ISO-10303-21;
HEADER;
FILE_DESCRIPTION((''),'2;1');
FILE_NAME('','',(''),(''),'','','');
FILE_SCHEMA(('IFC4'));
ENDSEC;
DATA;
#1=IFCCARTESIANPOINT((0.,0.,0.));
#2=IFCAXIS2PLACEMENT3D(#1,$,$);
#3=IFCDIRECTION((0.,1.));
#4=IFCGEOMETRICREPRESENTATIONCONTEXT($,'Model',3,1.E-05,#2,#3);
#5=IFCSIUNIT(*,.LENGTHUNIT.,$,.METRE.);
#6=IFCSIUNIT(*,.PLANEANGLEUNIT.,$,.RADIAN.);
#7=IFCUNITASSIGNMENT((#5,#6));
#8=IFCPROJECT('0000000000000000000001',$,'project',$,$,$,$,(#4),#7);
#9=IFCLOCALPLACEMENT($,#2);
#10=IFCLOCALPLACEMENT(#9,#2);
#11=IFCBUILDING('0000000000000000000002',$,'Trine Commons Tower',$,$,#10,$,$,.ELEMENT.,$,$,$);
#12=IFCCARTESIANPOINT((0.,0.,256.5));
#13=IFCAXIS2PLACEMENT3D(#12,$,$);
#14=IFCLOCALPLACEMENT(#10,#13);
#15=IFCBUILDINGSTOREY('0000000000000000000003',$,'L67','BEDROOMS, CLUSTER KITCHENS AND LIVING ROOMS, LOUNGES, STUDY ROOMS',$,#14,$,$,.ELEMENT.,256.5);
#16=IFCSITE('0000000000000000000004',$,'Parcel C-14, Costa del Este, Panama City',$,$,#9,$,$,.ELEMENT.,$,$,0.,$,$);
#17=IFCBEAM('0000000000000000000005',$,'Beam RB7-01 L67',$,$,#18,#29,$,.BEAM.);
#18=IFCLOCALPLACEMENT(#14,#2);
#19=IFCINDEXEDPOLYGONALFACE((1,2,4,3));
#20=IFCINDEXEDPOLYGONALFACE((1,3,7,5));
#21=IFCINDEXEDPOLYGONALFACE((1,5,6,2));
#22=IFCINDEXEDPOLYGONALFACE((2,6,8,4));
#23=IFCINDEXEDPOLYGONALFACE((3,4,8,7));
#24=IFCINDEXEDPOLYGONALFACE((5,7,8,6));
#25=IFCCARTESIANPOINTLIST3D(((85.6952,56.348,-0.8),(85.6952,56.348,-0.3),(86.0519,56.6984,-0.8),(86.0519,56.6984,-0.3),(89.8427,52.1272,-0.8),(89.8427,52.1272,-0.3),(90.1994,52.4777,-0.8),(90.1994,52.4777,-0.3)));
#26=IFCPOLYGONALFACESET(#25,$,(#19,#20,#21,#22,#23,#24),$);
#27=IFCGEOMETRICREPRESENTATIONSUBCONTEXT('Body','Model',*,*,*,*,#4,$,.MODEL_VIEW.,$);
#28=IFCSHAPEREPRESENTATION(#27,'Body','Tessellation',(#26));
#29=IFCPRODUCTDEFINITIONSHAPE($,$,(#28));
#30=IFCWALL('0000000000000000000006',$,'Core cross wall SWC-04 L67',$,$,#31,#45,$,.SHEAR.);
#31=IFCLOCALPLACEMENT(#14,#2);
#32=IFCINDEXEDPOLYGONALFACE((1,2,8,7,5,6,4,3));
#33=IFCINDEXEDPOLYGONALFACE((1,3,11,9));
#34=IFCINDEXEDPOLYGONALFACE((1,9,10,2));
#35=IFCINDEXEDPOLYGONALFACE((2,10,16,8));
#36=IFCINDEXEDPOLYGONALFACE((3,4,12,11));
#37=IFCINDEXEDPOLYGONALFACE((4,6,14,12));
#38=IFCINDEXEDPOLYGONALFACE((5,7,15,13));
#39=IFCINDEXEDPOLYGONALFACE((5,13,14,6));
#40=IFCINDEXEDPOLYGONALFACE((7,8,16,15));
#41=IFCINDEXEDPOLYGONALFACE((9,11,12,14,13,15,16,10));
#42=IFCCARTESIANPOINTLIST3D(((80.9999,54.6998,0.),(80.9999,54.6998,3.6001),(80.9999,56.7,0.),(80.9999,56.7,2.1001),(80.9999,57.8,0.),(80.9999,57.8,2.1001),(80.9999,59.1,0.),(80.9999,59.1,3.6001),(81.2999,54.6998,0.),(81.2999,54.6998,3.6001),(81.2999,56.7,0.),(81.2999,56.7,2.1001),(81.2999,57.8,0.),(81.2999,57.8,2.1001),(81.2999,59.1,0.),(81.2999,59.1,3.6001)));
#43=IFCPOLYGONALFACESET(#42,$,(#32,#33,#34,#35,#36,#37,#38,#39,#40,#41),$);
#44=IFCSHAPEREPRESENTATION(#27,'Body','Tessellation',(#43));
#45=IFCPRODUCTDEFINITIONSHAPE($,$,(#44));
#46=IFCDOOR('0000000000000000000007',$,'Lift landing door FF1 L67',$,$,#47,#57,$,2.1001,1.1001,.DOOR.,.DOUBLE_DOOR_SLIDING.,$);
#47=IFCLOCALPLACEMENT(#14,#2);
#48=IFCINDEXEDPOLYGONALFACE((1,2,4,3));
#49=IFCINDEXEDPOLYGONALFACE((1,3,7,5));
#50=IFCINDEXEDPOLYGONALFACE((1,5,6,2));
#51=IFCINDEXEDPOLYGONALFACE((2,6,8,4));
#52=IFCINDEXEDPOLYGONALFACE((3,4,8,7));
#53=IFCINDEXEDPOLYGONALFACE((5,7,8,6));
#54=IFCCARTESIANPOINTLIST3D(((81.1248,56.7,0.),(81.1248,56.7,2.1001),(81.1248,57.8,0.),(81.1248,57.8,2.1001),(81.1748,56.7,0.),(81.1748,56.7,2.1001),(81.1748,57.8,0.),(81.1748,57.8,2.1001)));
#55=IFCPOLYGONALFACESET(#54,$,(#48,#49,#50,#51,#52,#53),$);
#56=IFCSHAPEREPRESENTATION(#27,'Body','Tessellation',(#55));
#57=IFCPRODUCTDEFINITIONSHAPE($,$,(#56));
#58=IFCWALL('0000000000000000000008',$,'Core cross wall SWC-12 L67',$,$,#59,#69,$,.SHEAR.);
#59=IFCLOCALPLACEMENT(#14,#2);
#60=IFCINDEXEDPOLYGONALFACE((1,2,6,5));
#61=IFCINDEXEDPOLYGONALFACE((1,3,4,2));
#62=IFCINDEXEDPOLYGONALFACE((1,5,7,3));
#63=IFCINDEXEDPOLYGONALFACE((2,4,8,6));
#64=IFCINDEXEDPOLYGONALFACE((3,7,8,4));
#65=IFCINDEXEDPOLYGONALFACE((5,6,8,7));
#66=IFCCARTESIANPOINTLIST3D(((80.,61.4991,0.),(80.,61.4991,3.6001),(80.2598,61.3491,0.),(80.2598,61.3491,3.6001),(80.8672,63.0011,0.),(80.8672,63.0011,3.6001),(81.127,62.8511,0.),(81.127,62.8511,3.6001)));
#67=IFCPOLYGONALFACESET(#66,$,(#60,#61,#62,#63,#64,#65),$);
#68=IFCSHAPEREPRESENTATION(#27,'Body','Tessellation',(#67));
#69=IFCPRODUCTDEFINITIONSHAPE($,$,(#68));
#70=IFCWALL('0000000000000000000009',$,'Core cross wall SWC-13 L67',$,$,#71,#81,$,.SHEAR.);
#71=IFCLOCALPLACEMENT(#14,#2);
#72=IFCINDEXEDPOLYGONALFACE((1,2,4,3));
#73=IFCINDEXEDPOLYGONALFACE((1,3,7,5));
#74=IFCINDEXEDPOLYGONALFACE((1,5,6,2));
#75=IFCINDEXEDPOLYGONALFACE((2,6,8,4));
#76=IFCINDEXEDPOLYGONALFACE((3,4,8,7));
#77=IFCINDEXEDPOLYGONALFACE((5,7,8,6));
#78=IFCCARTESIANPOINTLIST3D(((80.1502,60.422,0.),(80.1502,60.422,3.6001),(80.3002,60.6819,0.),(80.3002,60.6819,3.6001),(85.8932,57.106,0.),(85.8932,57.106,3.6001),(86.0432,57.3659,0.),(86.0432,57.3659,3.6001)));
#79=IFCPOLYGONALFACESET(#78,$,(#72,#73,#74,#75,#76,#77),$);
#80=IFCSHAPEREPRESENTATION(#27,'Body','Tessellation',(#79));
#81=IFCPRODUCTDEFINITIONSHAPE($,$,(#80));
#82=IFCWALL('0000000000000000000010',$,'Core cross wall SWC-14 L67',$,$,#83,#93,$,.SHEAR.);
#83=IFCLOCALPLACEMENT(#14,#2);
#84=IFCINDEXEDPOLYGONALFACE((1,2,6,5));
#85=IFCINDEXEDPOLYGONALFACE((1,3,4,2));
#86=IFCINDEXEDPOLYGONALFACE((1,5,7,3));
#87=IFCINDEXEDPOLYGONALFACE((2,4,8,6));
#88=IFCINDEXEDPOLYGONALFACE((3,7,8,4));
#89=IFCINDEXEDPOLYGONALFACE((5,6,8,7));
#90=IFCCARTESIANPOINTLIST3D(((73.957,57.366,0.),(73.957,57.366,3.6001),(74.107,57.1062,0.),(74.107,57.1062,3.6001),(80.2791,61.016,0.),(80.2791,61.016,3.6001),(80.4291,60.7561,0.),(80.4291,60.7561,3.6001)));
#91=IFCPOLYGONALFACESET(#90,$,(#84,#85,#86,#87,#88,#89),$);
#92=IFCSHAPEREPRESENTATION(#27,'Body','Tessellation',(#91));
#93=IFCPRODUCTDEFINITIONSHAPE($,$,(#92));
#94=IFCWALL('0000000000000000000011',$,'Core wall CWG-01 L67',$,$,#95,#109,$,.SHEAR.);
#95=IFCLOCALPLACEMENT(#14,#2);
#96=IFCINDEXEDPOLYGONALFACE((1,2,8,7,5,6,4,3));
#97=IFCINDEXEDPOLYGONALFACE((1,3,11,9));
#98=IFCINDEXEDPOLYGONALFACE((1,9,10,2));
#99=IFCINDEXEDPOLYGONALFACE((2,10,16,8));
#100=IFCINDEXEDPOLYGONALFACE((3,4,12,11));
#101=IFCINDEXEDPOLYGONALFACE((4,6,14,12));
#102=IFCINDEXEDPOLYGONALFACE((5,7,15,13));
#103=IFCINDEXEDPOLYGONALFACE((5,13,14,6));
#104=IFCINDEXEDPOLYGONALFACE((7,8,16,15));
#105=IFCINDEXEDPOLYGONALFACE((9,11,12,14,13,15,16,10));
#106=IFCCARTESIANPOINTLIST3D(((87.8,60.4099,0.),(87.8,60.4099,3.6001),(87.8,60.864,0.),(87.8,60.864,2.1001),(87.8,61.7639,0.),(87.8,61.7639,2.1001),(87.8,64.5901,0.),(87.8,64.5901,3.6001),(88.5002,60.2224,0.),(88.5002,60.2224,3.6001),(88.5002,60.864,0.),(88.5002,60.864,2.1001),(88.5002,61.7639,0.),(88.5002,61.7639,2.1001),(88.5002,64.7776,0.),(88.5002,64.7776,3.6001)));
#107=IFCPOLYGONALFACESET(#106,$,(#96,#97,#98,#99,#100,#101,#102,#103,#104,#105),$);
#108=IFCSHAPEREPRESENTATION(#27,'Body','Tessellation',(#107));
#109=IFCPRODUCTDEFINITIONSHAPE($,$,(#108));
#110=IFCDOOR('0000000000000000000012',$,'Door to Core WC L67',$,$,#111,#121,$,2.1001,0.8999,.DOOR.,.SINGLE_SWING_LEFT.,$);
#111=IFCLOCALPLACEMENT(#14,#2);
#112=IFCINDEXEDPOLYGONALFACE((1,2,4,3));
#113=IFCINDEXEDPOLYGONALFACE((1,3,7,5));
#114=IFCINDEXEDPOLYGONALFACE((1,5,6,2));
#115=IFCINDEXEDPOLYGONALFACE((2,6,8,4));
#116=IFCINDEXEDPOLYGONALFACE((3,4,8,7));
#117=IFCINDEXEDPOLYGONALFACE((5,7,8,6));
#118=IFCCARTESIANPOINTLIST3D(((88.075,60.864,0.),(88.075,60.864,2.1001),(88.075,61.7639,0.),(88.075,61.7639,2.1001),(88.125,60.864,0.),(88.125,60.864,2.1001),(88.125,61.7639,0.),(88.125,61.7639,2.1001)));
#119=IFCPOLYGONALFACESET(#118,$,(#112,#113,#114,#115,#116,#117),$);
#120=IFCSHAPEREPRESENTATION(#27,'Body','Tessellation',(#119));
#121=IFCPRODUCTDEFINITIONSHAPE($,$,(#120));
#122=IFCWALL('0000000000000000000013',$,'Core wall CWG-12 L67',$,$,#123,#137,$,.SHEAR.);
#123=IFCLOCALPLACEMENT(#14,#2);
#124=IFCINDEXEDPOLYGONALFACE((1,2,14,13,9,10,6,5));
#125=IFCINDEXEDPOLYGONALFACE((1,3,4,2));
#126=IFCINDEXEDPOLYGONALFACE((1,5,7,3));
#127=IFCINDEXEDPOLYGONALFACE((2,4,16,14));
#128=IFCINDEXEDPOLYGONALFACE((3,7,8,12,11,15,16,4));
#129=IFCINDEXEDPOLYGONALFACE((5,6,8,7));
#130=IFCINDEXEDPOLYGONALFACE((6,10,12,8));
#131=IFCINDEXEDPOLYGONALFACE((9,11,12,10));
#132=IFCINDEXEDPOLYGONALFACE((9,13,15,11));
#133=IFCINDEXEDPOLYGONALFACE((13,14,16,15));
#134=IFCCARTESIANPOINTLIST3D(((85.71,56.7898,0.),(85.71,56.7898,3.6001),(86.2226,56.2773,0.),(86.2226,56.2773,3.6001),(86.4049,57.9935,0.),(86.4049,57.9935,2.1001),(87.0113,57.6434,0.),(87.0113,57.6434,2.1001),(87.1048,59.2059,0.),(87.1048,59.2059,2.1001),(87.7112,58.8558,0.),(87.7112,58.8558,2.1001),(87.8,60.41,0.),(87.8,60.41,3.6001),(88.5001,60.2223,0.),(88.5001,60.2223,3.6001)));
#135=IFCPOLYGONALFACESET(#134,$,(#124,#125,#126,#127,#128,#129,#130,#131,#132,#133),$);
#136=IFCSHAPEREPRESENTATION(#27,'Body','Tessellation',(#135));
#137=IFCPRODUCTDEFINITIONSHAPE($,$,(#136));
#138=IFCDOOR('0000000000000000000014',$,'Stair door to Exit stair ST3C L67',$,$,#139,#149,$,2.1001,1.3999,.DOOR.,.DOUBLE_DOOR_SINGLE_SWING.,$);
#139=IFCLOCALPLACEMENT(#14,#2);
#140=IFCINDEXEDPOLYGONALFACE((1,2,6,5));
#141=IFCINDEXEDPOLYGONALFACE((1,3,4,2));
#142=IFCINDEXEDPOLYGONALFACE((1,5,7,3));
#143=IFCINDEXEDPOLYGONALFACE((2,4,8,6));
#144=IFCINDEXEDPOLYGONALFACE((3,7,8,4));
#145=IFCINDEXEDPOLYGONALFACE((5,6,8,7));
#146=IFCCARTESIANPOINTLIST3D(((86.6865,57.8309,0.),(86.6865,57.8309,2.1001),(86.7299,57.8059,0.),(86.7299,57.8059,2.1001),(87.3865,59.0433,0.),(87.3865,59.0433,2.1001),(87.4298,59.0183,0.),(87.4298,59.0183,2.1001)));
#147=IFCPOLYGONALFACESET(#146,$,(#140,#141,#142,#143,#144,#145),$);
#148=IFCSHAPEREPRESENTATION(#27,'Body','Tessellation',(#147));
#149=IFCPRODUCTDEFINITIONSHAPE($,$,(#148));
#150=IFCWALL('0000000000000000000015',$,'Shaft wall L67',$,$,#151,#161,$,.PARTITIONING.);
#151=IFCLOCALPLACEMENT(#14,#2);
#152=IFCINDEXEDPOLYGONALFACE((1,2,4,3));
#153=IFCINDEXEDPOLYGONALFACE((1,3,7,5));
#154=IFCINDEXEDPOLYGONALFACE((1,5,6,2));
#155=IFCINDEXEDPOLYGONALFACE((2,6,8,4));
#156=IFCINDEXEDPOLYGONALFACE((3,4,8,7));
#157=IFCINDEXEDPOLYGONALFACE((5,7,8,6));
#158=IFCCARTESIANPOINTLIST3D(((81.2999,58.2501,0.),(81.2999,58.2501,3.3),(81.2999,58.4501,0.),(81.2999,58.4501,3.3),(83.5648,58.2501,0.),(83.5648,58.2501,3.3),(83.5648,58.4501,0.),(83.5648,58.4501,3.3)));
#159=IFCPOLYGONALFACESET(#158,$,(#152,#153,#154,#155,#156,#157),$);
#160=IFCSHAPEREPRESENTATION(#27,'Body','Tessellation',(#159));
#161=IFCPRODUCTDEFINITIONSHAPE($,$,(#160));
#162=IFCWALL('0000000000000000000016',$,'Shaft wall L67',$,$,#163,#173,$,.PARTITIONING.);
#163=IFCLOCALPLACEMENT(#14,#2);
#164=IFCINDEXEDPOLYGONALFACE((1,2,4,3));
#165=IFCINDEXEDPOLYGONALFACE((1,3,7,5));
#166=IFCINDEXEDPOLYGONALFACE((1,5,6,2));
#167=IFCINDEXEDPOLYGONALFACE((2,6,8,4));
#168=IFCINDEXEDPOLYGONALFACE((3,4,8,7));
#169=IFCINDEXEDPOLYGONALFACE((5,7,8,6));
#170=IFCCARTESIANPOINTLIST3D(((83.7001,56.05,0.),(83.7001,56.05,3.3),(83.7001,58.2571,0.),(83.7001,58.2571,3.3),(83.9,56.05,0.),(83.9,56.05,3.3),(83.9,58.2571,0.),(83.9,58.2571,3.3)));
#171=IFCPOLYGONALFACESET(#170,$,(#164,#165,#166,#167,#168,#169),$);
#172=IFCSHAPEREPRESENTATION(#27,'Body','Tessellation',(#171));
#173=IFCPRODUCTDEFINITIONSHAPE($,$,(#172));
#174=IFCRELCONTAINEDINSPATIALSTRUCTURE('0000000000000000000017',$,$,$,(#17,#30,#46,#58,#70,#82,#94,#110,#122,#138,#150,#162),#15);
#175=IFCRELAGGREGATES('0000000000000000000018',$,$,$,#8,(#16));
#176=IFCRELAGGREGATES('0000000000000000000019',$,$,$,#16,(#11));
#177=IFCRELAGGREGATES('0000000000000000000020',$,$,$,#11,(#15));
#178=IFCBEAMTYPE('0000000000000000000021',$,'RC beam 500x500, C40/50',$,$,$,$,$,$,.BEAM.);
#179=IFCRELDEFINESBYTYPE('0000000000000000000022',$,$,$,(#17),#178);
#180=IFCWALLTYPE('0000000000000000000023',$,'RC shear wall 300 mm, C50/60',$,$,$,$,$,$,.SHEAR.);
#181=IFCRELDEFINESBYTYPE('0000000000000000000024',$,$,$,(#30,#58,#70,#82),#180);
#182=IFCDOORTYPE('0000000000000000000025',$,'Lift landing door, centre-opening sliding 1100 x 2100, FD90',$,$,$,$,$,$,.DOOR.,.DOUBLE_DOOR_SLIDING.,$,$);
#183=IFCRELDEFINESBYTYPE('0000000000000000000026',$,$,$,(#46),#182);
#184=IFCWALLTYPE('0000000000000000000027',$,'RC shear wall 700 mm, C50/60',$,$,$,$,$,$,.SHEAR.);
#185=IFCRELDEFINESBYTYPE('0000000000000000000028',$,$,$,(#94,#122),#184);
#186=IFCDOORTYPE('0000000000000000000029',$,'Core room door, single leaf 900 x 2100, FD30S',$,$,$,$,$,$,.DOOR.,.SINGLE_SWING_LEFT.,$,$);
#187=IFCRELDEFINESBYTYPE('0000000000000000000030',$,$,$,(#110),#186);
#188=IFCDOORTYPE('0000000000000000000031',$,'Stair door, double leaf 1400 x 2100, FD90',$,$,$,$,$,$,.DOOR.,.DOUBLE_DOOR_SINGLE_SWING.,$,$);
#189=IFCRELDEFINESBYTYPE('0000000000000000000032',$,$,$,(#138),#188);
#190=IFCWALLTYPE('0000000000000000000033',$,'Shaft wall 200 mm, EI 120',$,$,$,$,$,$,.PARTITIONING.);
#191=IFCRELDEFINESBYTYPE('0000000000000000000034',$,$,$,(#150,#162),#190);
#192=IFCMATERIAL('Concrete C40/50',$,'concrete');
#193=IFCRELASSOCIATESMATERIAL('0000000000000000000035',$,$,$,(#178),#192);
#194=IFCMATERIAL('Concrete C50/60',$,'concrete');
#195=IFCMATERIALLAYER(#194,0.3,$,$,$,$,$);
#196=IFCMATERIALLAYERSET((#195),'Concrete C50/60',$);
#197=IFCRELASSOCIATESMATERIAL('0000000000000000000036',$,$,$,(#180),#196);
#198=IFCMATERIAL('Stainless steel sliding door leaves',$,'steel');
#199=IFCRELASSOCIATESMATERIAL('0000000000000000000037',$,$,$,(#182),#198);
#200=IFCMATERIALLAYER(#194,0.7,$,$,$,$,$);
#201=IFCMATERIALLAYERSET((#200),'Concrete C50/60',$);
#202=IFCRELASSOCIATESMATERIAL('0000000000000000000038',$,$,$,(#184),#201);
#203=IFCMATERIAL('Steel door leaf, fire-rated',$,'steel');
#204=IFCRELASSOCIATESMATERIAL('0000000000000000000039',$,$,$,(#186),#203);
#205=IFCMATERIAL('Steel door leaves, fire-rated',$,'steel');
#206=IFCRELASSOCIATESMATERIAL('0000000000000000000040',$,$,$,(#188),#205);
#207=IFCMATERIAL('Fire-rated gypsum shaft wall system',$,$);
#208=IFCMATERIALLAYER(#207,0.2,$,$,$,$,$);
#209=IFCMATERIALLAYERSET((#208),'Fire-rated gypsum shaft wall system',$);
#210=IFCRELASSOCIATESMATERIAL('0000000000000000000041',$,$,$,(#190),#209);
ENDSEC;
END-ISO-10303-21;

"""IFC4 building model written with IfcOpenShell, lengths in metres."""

from ifc_helpers import new_model, si_unit, direction, frame, frame_2d, origin, origin_2d, place, context, subcontext, project, spatial, polyline, rectangle, outline, extrude, material, layer, layer_set, material_profile, profile_set, type_object, element, fill, save


model = new_model("IFC4")

# Units and contexts
model_context = context("Model", 3, precision=1e-05, world=origin(), true_north=direction((0.0, 1.0)))
body_context = subcontext(model_context, "Body", "Model", "MODEL_VIEW")
ifc_project = project(units=[si_unit("LENGTHUNIT", "METRE"), si_unit("PLANEANGLEUNIT", "RADIAN")], contexts=[model_context])

# Site, building, storey
site_placement = place(None, origin())
site = spatial("IfcSite", under=ifc_project, at=site_placement, Name="Parcel C-14, Costa del Este, Panama City", CompositionType="ELEMENT", RefElevation=0.0)
building_placement = place(site_placement, origin())
building = spatial("IfcBuilding", under=site, at=building_placement, Name="Trine Commons Tower", CompositionType="ELEMENT")
storey_placement = place(building_placement, frame((0.0, 0.0, 256.5)))
storey = spatial("IfcBuildingStorey", under=building, at=storey_placement, Name="L67", Description="BEDROOMS, CLUSTER KITCHENS AND LIVING ROOMS, LOUNGES, STUDY ROOMS", CompositionType="ELEMENT", Elevation=256.5)

# Beam
ifc_material_1 = material(Name="Concrete C40/50", Category="concrete")
ifc_material_profile = material_profile(ifc_material_1, rectangle(XDim=0.5, YDim=0.5, at=origin_2d()), Name="RC 500x500")
ifc_profile_set = profile_set([ifc_material_profile], Name="Concrete C40/50")
beam_type = type_object("IfcBeamType", Name="RC beam 500x500, C40/50", PredefinedType="BEAM", material=ifc_profile_set)
beam_placement = place(storey_placement, frame((85.8735, 56.5232, -0.55), z_axis=(0.700891, -0.713268, 0.0), x_axis=(0.713268, 0.700891, 0.0)))
element("IfcBeam", 1, at=beam_placement, inside=storey, type_object=beam_type, Name="Beam RB7-01 L67", PredefinedType="BEAM", context=body_context, shape_type="SweptSolid", body=[
    extrude(rectangle(XDim=0.5, YDim=0.5, at=origin_2d()), origin(), (0.0, 0.0, 1.0), 5.9175),
])

# Wall, opening, door
ifc_material_2 = material(Name="Concrete C50/60", Category="concrete")
ifc_layer_1 = layer(ifc_material_2, 0.3)
ifc_layer_set_1 = layer_set([ifc_layer_1], Name="Concrete C50/60")
wall_type_1 = type_object("IfcWallType", Name="RC shear wall 300 mm, C50/60", PredefinedType="SHEAR", material=ifc_layer_set_1)
wall_1_placement = place(storey_placement, frame((81.1499, 59.1001, 0.0), z_axis=(0.0, 0.0, 1.0), x_axis=(0.0, -1.0, 0.0)))
wall_1 = element("IfcWall", 2, at=wall_1_placement, inside=storey, type_object=wall_type_1, Name="Core cross wall SWC-04 L67", PredefinedType="SHEAR", context=body_context, shape_type="SweptSolid", body=[
    extrude(rectangle(XDim=4.4001, YDim=0.3, at=frame_2d((2.2002, 0.0))), origin(), (0.0, 0.0, 1.0), 3.6001),
])
opening_1_placement = place(wall_1_placement, frame((1.3, 0.0, 0.0)))
opening_1 = element("IfcOpeningElement", 3, at=opening_1_placement, cuts=wall_1, PredefinedType="OPENING", context=body_context, shape_type="SweptSolid", body=[
    extrude(rectangle(XDim=1.1001, YDim=2.1001, at=frame_2d((0.55, 1.05))), frame((0.0, 0.1599, 0.0), z_axis=(0.0, -1.0, 0.0), x_axis=(1.0, 0.0, 0.0)), (0.0, 0.0, 1.0), 0.3201),
])
ifc_material_3 = material(Name="Stainless steel sliding door leaves", Category="steel")
door_type_1 = type_object("IfcDoorType", Name="Lift landing door, centre-opening sliding 1100 x 2100, FD90", OperationType="DOUBLE_DOOR_SLIDING", PredefinedType="DOOR", material=ifc_material_3)
door_1_placement = place(opening_1_placement, origin())
door_1 = element("IfcDoor", 4, at=door_1_placement, inside=storey, type_object=door_type_1, Name="Lift landing door FF1 L67", OperationType="DOUBLE_DOOR_SLIDING", OverallHeight=2.1001, OverallWidth=1.1001, PredefinedType="DOOR", context=body_context, shape_type="SweptSolid", body=[
    extrude(rectangle(XDim=1.1001, YDim=2.1001, at=frame_2d((0.55, 1.05))), frame((0.0, 0.0249, 0.0), z_axis=(0.0, -1.0, 0.0), x_axis=(1.0, 0.0, 0.0)), (0.0, 0.0, 1.0), 0.05),
])
fill(opening_1, door_1)

# Walls
wall_2_placement = place(storey_placement, frame((80.1299, 61.4241, 0.0), z_axis=(0.0, 0.0, 1.0), x_axis=(0.500015, 0.866017, 0.0)))
element("IfcWall", 5, at=wall_2_placement, inside=storey, type_object=wall_type_1, Name="Core cross wall SWC-12 L67", PredefinedType="SHEAR", context=body_context, shape_type="SweptSolid", body=[
    extrude(rectangle(XDim=1.7344, YDim=0.3, at=frame_2d((0.8672, 0.0))), origin(), (0.0, 0.0, 1.0), 3.6001),
])
wall_3_placement = place(storey_placement, frame((80.2251, 60.552, 0.0), z_axis=(0.0, 0.0, 1.0), x_axis=(0.86601, -0.500027, 0.0)))
element("IfcWall", 6, at=wall_3_placement, inside=storey, type_object=wall_type_1, Name="Core cross wall SWC-13 L67", PredefinedType="SHEAR", context=body_context, shape_type="SweptSolid", body=[
    extrude(rectangle(XDim=6.6316, YDim=0.3, at=frame_2d((3.3159, 0.0))), origin(), (0.0, 0.0, 1.0), 3.6001),
])
wall_4_placement = place(storey_placement, frame((80.354, 60.886, 0.0), z_axis=(0.0, 0.0, 1.0), x_axis=(-0.866032, -0.499988, 0.0)))
element("IfcWall", 7, at=wall_4_placement, inside=storey, type_object=wall_type_1, Name="Core cross wall SWC-14 L67", PredefinedType="SHEAR", context=body_context, shape_type="SweptSolid", body=[
    extrude(rectangle(XDim=7.3, YDim=0.3, at=frame_2d((3.6499, 0.0))), origin(), (0.0, 0.0, 1.0), 3.6001),
])

# Walls, openings, doors
ifc_layer_2 = layer(ifc_material_2, 0.7)
ifc_layer_set_2 = layer_set([ifc_layer_2], Name="Concrete C50/60")
wall_type_2 = type_object("IfcWallType", Name="RC shear wall 700 mm, C50/60", PredefinedType="SHEAR", material=ifc_layer_set_2)
wall_5_placement = place(storey_placement, frame((88.1501, 60.2224, 0.0), z_axis=(0.0, 0.0, 1.0), x_axis=(0.0, 1.0, 0.0)))
wall_5 = element("IfcWall", 8, at=wall_5_placement, inside=storey, type_object=wall_type_2, Name="Core wall CWG-01 L67", PredefinedType="SHEAR", context=body_context, shape_type="SweptSolid", body=[
    extrude(outline(polyline([(0.0, -0.3501), (4.5552, -0.3501), (4.3677, 0.3501), (0.1875, 0.3501), (0.0, -0.3501)])), origin(), (0.0, 0.0, 1.0), 3.6001),
])
opening_2_placement = place(wall_5_placement, frame((0.6416, 0.0, 0.0)))
opening_2 = element("IfcOpeningElement", 9, at=opening_2_placement, cuts=wall_5, PredefinedType="OPENING", context=body_context, shape_type="SweptSolid", body=[
    extrude(rectangle(XDim=0.8999, YDim=2.1001, at=frame_2d((0.45, 1.05))), frame((0.0, 0.3599, 0.0), z_axis=(0.0, -1.0, 0.0), x_axis=(1.0, 0.0, 0.0)), (0.0, 0.0, 1.0), 0.72),
])
ifc_material_4 = material(Name="Steel door leaf, fire-rated", Category="steel")
door_type_2 = type_object("IfcDoorType", Name="Core room door, single leaf 900 x 2100, FD30S", OperationType="SINGLE_SWING_LEFT", PredefinedType="DOOR", material=ifc_material_4)
door_2_placement = place(opening_2_placement, origin())
door_2 = element("IfcDoor", 10, at=door_2_placement, inside=storey, type_object=door_type_2, Name="Door to Core WC L67", OperationType="SINGLE_SWING_LEFT", OverallHeight=2.1001, OverallWidth=0.8999, PredefinedType="DOOR", context=body_context, shape_type="SweptSolid", body=[
    extrude(rectangle(XDim=0.8999, YDim=2.1001, at=frame_2d((0.45, 1.05))), frame((0.0, 0.0752, 0.0), z_axis=(0.0, -1.0, 0.0), x_axis=(1.0, 0.0, 0.0)), (0.0, 0.0, 1.0), 0.05),
])
fill(opening_2, door_2)
wall_6_placement = place(storey_placement, frame((85.9194, 56.4524, 0.0), z_axis=(0.0, 0.0, 1.0), x_axis=(0.499984, 0.866035, 0.0)))
wall_6 = element("IfcWall", 11, at=wall_6_placement, inside=storey, type_object=wall_type_2, Name="Core wall CWG-12 L67", PredefinedType="SHEAR", context=body_context, shape_type="SweptSolid", body=[
    extrude(outline(polyline([(0.0, -0.3501), (4.5552, -0.3501), (4.3677, 0.3501), (0.1875, 0.3501), (0.0, -0.3501)])), origin(), (0.0, 0.0, 1.0), 3.6001),
])
opening_3_placement = place(wall_6_placement, frame((1.5774, 0.0, 0.0)))
opening_3 = element("IfcOpeningElement", 12, at=opening_3_placement, cuts=wall_6, PredefinedType="OPENING", context=body_context, shape_type="SweptSolid", body=[
    extrude(rectangle(XDim=1.3999, YDim=2.1001, at=frame_2d((0.7, 1.05))), frame((0.0, 0.3599, 0.0), z_axis=(0.0, -1.0, 0.0), x_axis=(1.0, 0.0, 0.0)), (0.0, 0.0, 1.0), 0.72),
])
ifc_material_5 = material(Name="Steel door leaves, fire-rated", Category="steel")
door_type_3 = type_object("IfcDoorType", Name="Stair door, double leaf 1400 x 2100, FD90", OperationType="DOUBLE_DOOR_SINGLE_SWING", PredefinedType="DOOR", material=ifc_material_5)
door_3_placement = place(opening_3_placement, origin())
door_3 = element("IfcDoor", 13, at=door_3_placement, inside=storey, type_object=door_type_3, Name="Stair door to Exit stair ST3C L67", OperationType="DOUBLE_DOOR_SINGLE_SWING", OverallHeight=2.1001, OverallWidth=1.3999, PredefinedType="DOOR", context=body_context, shape_type="SweptSolid", body=[
    extrude(rectangle(XDim=1.3999, YDim=2.1001, at=frame_2d((0.7, 1.05))), frame((0.0, 0.0249, 0.0), z_axis=(0.0, -1.0, 0.0), x_axis=(1.0, 0.0, 0.0)), (0.0, 0.0, 1.0), 0.05),
])
fill(opening_3, door_3)

# Walls
ifc_material_6 = material(Name="Fire-rated gypsum shaft wall system")
ifc_layer_3 = layer(ifc_material_6, 0.2)
ifc_layer_set_3 = layer_set([ifc_layer_3], Name="Fire-rated gypsum shaft wall system")
wall_type_3 = type_object("IfcWallType", Name="Shaft wall 200 mm, EI 120", PredefinedType="PARTITIONING", material=ifc_layer_set_3)
wall_7_placement = place(storey_placement, frame((81.3, 58.3501, 0.0), z_axis=(0.0, 0.0, 1.0), x_axis=(1.0, 0.0, 0.0)))
element("IfcWall", 14, at=wall_7_placement, inside=storey, type_object=wall_type_3, Name="Shaft wall L67", PredefinedType="PARTITIONING", context=body_context, shape_type="SweptSolid", body=[
    extrude(rectangle(XDim=2.2649, YDim=0.2, at=frame_2d((1.1323, 0.0))), origin(), (0.0, 0.0, 1.0), 3.3),
])
wall_8_placement = place(storey_placement, frame((83.8, 58.2571, 0.0), z_axis=(0.0, 0.0, 1.0), x_axis=(0.0, -1.0, 0.0)))
element("IfcWall", 15, at=wall_8_placement, inside=storey, type_object=wall_type_3, Name="Shaft wall L67", PredefinedType="PARTITIONING", context=body_context, shape_type="SweptSolid", body=[
    extrude(rectangle(XDim=2.207, YDim=0.2, at=frame_2d((1.1035, 0.0))), origin(), (0.0, 0.0, 1.0), 3.3),
])

save(model, "model.ifc")
